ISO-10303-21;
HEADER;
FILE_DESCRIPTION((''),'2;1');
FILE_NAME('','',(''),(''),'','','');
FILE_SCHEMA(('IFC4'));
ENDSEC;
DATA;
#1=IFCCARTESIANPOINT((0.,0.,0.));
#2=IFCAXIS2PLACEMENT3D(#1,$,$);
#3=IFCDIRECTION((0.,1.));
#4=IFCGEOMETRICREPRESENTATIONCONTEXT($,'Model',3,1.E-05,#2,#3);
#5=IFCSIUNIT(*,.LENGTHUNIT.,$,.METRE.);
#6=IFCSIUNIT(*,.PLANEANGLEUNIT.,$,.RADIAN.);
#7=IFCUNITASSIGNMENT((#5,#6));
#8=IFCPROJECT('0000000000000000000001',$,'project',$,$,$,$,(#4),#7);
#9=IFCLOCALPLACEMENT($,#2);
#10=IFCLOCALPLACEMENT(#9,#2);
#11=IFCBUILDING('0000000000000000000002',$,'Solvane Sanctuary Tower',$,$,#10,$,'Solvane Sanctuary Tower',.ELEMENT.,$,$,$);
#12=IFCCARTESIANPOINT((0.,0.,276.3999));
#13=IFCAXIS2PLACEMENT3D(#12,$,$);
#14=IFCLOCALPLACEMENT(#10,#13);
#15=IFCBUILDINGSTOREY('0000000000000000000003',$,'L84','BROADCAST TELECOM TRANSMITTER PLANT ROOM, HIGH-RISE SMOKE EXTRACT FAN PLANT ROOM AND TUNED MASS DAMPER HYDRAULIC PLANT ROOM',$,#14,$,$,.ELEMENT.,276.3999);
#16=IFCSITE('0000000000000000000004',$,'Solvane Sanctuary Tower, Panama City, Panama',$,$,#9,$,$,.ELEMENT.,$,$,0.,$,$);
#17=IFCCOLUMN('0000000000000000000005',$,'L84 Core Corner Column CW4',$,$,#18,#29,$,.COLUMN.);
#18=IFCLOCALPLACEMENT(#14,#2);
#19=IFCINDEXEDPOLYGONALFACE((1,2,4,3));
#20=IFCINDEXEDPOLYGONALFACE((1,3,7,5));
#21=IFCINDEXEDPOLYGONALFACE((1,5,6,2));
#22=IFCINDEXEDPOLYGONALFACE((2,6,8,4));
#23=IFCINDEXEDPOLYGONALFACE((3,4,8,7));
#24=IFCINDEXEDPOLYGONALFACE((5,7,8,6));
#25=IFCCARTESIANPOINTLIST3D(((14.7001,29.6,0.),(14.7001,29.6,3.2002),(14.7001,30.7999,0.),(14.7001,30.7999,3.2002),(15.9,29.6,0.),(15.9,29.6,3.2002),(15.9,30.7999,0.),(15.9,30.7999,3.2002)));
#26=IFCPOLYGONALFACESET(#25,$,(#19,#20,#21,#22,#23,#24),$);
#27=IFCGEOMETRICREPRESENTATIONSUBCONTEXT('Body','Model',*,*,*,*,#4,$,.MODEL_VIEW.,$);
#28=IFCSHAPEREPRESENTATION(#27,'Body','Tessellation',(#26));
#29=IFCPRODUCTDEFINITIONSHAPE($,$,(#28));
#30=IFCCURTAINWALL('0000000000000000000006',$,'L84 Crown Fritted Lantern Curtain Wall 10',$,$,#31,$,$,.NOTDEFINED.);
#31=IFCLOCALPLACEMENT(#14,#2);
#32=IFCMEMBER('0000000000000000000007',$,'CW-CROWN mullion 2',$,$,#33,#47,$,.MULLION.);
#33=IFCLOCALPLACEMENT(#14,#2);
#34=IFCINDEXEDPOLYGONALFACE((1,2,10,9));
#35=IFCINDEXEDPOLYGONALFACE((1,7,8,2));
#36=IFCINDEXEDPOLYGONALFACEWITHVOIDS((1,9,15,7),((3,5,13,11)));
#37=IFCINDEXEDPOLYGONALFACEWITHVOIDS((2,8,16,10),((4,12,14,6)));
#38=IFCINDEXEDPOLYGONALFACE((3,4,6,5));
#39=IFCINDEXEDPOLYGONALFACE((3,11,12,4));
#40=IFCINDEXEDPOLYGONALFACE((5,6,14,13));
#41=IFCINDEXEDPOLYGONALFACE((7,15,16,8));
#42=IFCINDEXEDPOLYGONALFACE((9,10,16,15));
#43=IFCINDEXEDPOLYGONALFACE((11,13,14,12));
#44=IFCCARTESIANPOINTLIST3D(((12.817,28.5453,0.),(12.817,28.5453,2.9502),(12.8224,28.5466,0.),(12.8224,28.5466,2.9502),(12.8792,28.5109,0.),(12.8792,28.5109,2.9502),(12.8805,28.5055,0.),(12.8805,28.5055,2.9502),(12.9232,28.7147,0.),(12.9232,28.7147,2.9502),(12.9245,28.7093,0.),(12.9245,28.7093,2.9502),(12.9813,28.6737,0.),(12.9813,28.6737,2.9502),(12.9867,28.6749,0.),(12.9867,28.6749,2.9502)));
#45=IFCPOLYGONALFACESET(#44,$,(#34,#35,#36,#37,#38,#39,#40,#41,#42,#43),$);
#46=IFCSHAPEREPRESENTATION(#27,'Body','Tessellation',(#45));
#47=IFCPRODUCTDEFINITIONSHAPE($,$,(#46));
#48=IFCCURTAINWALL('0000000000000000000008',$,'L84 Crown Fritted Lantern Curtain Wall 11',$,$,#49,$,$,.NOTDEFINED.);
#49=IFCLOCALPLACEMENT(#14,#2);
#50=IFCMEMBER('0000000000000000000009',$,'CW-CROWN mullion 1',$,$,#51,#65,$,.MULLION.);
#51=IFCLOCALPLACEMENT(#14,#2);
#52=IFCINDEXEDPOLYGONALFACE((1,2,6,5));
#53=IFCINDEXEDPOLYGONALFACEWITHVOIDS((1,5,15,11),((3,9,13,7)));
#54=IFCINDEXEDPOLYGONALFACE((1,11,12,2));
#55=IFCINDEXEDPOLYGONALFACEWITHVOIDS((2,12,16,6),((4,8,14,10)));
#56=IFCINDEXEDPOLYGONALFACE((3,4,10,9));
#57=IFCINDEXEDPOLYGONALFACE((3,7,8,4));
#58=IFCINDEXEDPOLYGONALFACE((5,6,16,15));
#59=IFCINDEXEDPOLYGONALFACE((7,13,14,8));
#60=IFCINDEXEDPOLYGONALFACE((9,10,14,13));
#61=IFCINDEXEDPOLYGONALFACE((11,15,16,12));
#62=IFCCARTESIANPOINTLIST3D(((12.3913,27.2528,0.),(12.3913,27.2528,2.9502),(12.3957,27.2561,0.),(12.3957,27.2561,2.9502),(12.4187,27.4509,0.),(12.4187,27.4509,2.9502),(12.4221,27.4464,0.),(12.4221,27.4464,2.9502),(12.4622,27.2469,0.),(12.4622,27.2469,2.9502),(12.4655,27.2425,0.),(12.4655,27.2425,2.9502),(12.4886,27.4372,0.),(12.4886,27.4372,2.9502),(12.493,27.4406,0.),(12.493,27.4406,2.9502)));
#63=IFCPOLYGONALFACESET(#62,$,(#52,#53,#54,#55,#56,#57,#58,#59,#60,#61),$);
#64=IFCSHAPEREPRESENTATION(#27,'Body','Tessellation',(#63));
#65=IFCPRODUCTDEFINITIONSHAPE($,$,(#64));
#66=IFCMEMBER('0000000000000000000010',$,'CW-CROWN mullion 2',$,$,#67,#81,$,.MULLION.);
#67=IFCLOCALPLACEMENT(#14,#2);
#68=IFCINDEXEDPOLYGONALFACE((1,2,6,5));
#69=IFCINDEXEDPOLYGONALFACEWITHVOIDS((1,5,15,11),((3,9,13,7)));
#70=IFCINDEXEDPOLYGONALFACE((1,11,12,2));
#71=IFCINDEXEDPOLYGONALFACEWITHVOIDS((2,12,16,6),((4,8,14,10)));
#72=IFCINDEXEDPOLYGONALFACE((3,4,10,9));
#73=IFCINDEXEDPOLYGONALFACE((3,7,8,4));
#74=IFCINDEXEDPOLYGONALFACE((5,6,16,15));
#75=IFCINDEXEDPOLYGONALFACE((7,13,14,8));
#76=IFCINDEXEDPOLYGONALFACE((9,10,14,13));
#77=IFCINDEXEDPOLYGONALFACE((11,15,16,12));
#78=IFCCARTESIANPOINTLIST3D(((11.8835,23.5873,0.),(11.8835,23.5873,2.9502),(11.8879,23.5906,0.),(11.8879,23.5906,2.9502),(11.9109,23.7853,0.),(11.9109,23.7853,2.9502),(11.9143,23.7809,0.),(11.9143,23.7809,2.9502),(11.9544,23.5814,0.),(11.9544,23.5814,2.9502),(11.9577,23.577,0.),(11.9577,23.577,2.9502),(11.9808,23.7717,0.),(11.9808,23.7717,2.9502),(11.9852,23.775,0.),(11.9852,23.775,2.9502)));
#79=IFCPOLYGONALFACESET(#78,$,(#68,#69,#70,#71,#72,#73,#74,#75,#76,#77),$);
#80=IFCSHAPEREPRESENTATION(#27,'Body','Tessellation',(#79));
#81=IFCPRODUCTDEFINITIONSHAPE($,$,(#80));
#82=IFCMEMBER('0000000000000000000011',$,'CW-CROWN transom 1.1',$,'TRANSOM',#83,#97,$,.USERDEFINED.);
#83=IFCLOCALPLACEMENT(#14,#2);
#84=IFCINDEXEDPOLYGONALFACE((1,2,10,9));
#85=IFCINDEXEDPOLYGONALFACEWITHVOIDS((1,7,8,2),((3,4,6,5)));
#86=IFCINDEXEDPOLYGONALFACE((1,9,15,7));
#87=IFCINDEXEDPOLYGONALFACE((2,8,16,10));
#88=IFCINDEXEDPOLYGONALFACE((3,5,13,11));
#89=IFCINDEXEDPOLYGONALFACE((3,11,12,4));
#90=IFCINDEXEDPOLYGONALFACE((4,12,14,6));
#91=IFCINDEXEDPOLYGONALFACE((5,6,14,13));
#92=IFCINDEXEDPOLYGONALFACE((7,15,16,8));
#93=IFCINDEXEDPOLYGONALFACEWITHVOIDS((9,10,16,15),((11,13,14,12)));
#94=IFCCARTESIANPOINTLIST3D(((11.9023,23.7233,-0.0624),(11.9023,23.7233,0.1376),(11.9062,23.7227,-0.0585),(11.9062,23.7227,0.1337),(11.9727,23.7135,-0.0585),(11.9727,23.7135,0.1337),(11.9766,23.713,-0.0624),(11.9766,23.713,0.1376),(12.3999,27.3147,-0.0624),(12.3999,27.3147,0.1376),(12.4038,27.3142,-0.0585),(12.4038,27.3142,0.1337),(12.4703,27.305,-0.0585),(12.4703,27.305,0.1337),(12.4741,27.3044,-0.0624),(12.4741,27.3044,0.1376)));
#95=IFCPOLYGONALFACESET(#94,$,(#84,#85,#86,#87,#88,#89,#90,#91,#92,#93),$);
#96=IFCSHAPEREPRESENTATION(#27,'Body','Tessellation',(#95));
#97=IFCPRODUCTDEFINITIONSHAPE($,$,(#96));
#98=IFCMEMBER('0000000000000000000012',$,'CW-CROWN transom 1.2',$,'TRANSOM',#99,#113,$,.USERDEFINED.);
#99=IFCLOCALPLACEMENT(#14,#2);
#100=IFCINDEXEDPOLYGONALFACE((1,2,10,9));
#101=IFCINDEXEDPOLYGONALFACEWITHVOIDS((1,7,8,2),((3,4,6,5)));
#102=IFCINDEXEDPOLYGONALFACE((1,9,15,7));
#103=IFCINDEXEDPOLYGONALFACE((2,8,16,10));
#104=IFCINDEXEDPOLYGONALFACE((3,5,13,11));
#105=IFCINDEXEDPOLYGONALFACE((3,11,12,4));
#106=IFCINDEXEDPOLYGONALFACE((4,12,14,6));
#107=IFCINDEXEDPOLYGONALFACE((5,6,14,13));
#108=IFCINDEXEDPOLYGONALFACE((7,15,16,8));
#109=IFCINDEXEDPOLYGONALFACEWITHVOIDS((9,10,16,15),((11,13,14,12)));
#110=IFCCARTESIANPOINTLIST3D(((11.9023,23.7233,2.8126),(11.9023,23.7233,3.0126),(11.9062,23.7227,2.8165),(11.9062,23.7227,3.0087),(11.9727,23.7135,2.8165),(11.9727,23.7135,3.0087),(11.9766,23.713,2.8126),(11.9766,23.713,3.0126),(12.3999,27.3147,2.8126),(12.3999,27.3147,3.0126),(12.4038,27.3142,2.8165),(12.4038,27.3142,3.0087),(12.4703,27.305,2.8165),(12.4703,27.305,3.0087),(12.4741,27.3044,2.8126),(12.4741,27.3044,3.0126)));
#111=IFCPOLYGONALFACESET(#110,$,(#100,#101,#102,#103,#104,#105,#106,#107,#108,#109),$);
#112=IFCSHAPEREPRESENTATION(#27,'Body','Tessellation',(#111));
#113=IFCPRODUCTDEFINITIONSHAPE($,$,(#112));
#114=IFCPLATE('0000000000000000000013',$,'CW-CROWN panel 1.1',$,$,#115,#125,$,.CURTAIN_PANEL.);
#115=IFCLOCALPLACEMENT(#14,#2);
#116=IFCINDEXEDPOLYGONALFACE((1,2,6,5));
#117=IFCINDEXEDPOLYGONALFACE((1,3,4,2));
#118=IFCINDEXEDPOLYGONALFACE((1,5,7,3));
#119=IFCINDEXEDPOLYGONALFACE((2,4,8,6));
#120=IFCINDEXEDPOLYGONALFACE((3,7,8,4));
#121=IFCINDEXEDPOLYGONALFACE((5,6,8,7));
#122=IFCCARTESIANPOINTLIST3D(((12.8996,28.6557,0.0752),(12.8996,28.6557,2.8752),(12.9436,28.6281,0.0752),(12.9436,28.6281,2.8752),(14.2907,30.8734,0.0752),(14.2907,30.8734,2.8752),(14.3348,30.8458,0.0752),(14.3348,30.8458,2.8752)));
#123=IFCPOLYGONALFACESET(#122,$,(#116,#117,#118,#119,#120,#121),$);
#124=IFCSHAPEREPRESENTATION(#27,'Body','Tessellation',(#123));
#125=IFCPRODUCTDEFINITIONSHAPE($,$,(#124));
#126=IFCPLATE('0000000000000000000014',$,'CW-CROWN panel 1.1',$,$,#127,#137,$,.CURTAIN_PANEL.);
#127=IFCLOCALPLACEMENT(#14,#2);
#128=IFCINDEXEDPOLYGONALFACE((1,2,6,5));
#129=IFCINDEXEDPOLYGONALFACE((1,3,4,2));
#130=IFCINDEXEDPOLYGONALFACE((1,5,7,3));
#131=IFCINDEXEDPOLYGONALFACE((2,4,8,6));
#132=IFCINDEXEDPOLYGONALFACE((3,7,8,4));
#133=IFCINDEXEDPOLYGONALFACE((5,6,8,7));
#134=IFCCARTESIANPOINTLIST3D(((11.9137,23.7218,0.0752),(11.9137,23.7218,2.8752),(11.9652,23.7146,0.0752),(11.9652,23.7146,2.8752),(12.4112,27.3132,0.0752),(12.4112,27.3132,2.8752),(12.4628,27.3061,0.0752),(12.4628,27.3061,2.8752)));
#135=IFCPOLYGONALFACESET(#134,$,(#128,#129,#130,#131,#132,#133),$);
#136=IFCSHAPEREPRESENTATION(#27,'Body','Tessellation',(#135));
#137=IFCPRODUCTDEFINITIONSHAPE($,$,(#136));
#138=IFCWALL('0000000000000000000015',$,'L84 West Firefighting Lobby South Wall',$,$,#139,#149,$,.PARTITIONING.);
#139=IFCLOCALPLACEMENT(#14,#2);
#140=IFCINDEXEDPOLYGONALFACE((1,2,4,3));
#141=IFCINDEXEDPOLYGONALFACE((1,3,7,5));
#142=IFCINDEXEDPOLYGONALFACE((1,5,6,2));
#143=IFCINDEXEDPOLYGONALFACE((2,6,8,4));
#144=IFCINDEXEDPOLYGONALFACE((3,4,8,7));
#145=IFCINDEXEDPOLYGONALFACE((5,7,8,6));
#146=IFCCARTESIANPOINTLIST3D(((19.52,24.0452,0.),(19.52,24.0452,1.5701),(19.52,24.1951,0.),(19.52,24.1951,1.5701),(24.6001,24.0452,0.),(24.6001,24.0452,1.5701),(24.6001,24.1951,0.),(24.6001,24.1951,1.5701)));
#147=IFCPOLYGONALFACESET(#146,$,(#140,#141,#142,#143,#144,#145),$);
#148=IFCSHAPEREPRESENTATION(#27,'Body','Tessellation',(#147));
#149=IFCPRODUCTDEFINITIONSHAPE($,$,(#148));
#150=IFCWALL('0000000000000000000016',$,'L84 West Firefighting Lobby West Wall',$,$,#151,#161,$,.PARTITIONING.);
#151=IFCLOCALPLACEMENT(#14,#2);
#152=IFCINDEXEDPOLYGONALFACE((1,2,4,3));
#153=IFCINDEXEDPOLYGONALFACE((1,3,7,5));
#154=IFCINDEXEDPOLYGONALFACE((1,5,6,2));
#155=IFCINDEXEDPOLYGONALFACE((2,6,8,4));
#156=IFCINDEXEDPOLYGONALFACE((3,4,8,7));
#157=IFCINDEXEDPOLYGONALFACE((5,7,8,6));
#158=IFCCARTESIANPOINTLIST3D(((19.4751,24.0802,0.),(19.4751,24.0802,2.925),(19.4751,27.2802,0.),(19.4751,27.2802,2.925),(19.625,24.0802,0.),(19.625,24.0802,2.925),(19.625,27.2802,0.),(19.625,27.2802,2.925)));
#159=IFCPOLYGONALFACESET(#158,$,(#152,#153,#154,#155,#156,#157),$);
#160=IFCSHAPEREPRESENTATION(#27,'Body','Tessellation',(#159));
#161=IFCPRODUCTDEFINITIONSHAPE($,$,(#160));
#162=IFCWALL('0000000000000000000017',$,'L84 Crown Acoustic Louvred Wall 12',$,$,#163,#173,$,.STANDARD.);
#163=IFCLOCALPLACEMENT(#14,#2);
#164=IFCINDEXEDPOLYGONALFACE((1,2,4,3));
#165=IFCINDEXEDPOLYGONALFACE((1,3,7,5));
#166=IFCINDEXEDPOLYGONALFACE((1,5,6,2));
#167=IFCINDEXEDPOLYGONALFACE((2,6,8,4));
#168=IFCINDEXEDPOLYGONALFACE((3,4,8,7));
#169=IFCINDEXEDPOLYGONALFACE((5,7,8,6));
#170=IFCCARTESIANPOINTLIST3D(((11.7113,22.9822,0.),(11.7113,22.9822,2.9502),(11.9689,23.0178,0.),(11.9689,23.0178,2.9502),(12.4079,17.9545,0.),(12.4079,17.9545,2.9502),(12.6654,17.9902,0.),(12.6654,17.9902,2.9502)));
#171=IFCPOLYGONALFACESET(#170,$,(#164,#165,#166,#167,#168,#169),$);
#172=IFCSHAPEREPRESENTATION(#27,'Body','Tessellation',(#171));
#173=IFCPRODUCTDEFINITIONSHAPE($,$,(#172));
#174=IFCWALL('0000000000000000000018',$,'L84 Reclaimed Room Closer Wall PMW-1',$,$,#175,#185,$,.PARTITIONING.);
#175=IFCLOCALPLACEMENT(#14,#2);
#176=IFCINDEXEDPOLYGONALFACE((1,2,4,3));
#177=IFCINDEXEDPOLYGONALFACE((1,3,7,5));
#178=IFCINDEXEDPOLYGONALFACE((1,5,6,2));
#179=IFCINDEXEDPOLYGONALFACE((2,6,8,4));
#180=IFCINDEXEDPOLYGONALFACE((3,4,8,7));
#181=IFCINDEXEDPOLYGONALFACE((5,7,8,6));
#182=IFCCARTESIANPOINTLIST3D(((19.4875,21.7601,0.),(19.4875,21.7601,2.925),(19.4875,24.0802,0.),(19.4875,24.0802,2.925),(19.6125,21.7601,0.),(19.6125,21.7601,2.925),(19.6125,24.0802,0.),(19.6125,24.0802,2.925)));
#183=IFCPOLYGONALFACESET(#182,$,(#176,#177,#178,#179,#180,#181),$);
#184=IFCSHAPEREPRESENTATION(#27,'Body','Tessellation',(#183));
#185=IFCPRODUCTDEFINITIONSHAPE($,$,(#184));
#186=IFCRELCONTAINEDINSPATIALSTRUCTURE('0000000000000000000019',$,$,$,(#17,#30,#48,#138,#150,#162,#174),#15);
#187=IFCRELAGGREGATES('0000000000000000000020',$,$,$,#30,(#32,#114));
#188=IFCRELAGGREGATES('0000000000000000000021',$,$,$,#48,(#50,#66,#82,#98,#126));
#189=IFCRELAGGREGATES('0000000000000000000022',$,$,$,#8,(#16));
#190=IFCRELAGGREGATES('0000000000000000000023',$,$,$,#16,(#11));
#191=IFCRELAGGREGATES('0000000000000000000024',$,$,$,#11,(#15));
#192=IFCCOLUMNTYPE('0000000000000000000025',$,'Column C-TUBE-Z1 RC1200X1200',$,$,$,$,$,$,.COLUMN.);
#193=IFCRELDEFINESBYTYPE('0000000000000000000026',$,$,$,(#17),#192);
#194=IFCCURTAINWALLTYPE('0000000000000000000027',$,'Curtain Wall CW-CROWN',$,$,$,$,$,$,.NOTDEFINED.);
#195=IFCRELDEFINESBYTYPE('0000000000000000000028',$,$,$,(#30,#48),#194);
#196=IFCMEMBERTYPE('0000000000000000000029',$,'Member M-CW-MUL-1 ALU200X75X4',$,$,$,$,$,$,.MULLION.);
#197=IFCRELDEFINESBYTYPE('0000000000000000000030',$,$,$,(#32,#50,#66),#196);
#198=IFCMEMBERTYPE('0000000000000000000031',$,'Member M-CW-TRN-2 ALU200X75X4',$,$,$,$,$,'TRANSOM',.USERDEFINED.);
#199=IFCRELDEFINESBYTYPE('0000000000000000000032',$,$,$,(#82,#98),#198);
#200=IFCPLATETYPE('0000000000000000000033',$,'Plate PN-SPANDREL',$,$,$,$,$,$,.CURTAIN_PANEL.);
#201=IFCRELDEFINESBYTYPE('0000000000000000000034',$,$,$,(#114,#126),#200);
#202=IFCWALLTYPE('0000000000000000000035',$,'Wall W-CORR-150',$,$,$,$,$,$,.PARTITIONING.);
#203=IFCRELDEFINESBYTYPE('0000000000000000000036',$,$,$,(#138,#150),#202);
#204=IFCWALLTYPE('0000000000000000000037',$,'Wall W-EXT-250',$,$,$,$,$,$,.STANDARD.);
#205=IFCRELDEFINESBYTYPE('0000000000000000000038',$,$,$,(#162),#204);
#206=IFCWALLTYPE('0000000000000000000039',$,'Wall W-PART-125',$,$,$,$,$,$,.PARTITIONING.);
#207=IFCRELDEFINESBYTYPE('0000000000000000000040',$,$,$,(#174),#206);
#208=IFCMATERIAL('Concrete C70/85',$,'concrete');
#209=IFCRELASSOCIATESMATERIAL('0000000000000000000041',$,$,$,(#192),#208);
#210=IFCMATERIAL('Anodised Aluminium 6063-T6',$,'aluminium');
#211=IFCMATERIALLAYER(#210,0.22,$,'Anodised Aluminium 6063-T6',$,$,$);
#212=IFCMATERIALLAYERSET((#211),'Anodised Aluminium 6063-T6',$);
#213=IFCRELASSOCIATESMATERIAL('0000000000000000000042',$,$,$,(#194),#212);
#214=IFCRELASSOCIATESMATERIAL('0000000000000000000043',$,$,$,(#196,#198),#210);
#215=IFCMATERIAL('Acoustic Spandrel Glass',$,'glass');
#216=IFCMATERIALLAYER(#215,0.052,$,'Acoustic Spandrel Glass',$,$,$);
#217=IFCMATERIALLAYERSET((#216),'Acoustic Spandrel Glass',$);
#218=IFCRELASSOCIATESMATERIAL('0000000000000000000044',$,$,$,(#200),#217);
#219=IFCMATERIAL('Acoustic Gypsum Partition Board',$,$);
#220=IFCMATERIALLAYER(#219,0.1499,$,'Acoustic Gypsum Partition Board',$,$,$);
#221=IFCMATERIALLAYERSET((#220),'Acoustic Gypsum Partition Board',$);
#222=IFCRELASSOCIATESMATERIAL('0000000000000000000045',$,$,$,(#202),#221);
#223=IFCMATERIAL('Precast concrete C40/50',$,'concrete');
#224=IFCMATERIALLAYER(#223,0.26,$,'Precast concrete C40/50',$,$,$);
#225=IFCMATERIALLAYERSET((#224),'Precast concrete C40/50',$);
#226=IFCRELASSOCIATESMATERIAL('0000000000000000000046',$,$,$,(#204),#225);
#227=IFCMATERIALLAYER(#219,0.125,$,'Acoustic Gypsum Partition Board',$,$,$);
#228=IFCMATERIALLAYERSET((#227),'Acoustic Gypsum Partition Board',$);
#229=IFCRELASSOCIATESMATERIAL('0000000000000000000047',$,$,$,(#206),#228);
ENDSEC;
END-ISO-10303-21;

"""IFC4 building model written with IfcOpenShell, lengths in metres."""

from ifc_helpers import new_model, si_unit, direction, frame, frame_2d, origin, origin_2d, place, context, subcontext, project, spatial, rectangle, hollow_rectangle, extrude, material, layer, layer_set, material_profile, profile_set, type_object, element, aggregate, save


model = new_model("IFC4")

# Units and contexts
model_context = context("Model", 3, precision=1e-05, world=origin(), true_north=direction((0.0, 1.0)))
body_context = subcontext(model_context, "Body", "Model", "MODEL_VIEW")
ifc_project = project(units=[si_unit("LENGTHUNIT", "METRE"), si_unit("PLANEANGLEUNIT", "RADIAN")], contexts=[model_context])

# Site, building, storey
site_placement = place(None, origin())
site = spatial("IfcSite", under=ifc_project, at=site_placement, Name="Solvane Sanctuary Tower, Panama City, Panama", CompositionType="ELEMENT", RefElevation=0.0)
building_placement = place(site_placement, origin())
building = spatial("IfcBuilding", under=site, at=building_placement, Name="Solvane Sanctuary Tower", LongName="Solvane Sanctuary Tower", CompositionType="ELEMENT")
storey_placement = place(building_placement, frame((0.0, 0.0, 276.3999)))
storey = spatial("IfcBuildingStorey", under=building, at=storey_placement, Name="L84", Description="BROADCAST TELECOM TRANSMITTER PLANT ROOM, HIGH-RISE SMOKE EXTRACT FAN PLANT ROOM AND TUNED MASS DAMPER HYDRAULIC PLANT ROOM", CompositionType="ELEMENT", Elevation=276.3999)

# Column
ifc_material_1 = material(Name="Concrete C70/85", Category="concrete")
ifc_material_profile_1 = material_profile(ifc_material_1, rectangle(XDim=1.2, YDim=1.2, at=origin_2d()), Name="RC1200X1200")
ifc_profile_set_1 = profile_set([ifc_material_profile_1], Name="Concrete C70/85")
column_type = type_object("IfcColumnType", Name="Column C-TUBE-Z1 RC1200X1200", PredefinedType="COLUMN", material=ifc_profile_set_1)
column_placement = place(storey_placement, frame((15.3, 30.2, 0.0), z_axis=(0.0, 0.0, 1.0), x_axis=(1.0, 0.0, 0.0)))
element("IfcColumn", 1, at=column_placement, inside=storey, type_object=column_type, Name="L84 Core Corner Column CW4", PredefinedType="COLUMN", context=body_context, shape_type="SweptSolid", body=[
    extrude(rectangle(XDim=1.2, YDim=1.2, at=origin_2d()), origin(), (0.0, 0.0, 1.0), 3.2002),
])

# Curtain wall, member
ifc_material_2 = material(Name="Anodised Aluminium 6063-T6", Category="aluminium")
ifc_layer_1 = layer(ifc_material_2, 0.22, Name="Anodised Aluminium 6063-T6")
ifc_layer_set_1 = layer_set([ifc_layer_1], Name="Anodised Aluminium 6063-T6")
curtain_wall_type = type_object("IfcCurtainWallType", Name="Curtain Wall CW-CROWN", PredefinedType="NOTDEFINED", material=ifc_layer_set_1)
curtain_wall_1_placement = place(storey_placement, origin())
curtain_wall_1 = element("IfcCurtainWall", 2, at=curtain_wall_1_placement, inside=storey, type_object=curtain_wall_type, Name="L84 Crown Fritted Lantern Curtain Wall 10", PredefinedType="NOTDEFINED")
ifc_material_profile_2 = material_profile(ifc_material_2, hollow_rectangle(XDim=0.075, YDim=0.2, WallThickness=0.0039, at=origin_2d()), Name="ALU200X75X4")
ifc_profile_set_2 = profile_set([ifc_material_profile_2], Name="Anodised Aluminium 6063-T6")
member_type_1 = type_object("IfcMemberType", Name="Member M-CW-MUL-1 ALU200X75X4", PredefinedType="MULLION", material=ifc_profile_set_2)
member_1_placement = place(storey_placement, frame((12.9019, 28.6101, 0.0), z_axis=(0.0, 0.0, 1.0), x_axis=(0.847126, -0.531391, 0.0)))
member_1 = element("IfcMember", 3, at=member_1_placement, type_object=member_type_1, Name="CW-CROWN mullion 2", PredefinedType="MULLION", context=body_context, shape_type="SweptSolid", body=[
    extrude(hollow_rectangle(XDim=0.075, YDim=0.2, WallThickness=0.0039, at=origin_2d()), origin(), (0.0, 0.0, 1.0), 2.9502),
])

# Curtain wall, members
curtain_wall_2_placement = place(storey_placement, origin())
curtain_wall_2 = element("IfcCurtainWall", 4, at=curtain_wall_2_placement, inside=storey, type_object=curtain_wall_type, Name="L84 Crown Fritted Lantern Curtain Wall 11", PredefinedType="NOTDEFINED")
member_2_placement = place(storey_placement, frame((12.4421, 27.3467, 0.0), z_axis=(0.0, 0.0, 1.0), x_axis=(0.99054, -0.137223, 0.0)))
member_2 = element("IfcMember", 5, at=member_2_placement, type_object=member_type_1, Name="CW-CROWN mullion 1", PredefinedType="MULLION", context=body_context, shape_type="SweptSolid", body=[
    extrude(hollow_rectangle(XDim=0.075, YDim=0.2, WallThickness=0.0039, at=origin_2d()), origin(), (0.0, 0.0, 1.0), 2.9502),
])
member_3_placement = place(storey_placement, frame((11.9343, 23.6812, 0.0), z_axis=(0.0, 0.0, 1.0), x_axis=(0.99054, -0.137223, 0.0)))
member_3 = element("IfcMember", 6, at=member_3_placement, type_object=member_type_1, Name="CW-CROWN mullion 2", PredefinedType="MULLION", context=body_context, shape_type="SweptSolid", body=[
    extrude(hollow_rectangle(XDim=0.075, YDim=0.2, WallThickness=0.0039, at=origin_2d()), origin(), (0.0, 0.0, 1.0), 2.9502),
])
ifc_material_profile_3 = material_profile(ifc_material_2, hollow_rectangle(XDim=0.075, YDim=0.2, WallThickness=0.0039, at=origin_2d()), Name="ALU200X75X4")
ifc_profile_set_3 = profile_set([ifc_material_profile_3], Name="Anodised Aluminium 6063-T6")
member_type_2 = type_object("IfcMemberType", Name="Member M-CW-TRN-2 ALU200X75X4", ElementType="TRANSOM", PredefinedType="USERDEFINED", material=ifc_profile_set_3)
member_4_placement = place(storey_placement, frame((12.437, 27.3096, 0.0376), z_axis=(-0.137234, -0.990539, 0.0), x_axis=(0.990539, -0.137234, 0.0)))
member_4 = element("IfcMember", 7, at=member_4_placement, type_object=member_type_2, Name="CW-CROWN transom 1.1", ObjectType="TRANSOM", PredefinedType="USERDEFINED", context=body_context, shape_type="SweptSolid", body=[
    extrude(hollow_rectangle(XDim=0.075, YDim=0.2, WallThickness=0.0039, at=origin_2d()), origin(), (0.0, 0.0, 1.0), 3.6257),
])
member_5_placement = place(storey_placement, frame((12.437, 27.3096, 2.9126), z_axis=(-0.137234, -0.990539, 0.0), x_axis=(0.990539, -0.137234, 0.0)))
member_5 = element("IfcMember", 8, at=member_5_placement, type_object=member_type_2, Name="CW-CROWN transom 1.2", ObjectType="TRANSOM", PredefinedType="USERDEFINED", context=body_context, shape_type="SweptSolid", body=[
    extrude(hollow_rectangle(XDim=0.075, YDim=0.2, WallThickness=0.0039, at=origin_2d()), origin(), (0.0, 0.0, 1.0), 3.6257),
])

# Plates
ifc_material_3 = material(Name="Acoustic Spandrel Glass", Category="glass")
ifc_layer_2 = layer(ifc_material_3, 0.052, Name="Acoustic Spandrel Glass")
ifc_layer_set_2 = layer_set([ifc_layer_2], Name="Acoustic Spandrel Glass")
plate_type = type_object("IfcPlateType", Name="Plate PN-SPANDREL", PredefinedType="CURTAIN_PANEL", material=ifc_layer_set_2)
plate_1_placement = place(storey_placement, frame((13.6172, 29.7507, 0.0752), z_axis=(0.0, 0.0, 1.0), x_axis=(-0.531391, -0.847126, 0.0)))
plate_1 = element("IfcPlate", 9, at=plate_1_placement, type_object=plate_type, Name="CW-CROWN panel 1.1", PredefinedType="CURTAIN_PANEL", context=body_context, shape_type="SweptSolid", body=[
    extrude(rectangle(XDim=2.6179, YDim=0.052, at=origin_2d()), origin(), (0.0, 0.0, 1.0), 2.8),
])
aggregate(curtain_wall_1, [member_1, plate_1])
plate_2_placement = place(storey_placement, frame((12.1882, 25.5139, 0.0752), z_axis=(0.0, 0.0, 1.0), x_axis=(-0.137223, -0.99054, 0.0)))
plate_2 = element("IfcPlate", 10, at=plate_2_placement, type_object=plate_type, Name="CW-CROWN panel 1.1", PredefinedType="CURTAIN_PANEL", context=body_context, shape_type="SweptSolid", body=[
    extrude(rectangle(XDim=3.6257, YDim=0.052, at=origin_2d()), origin(), (0.0, 0.0, 1.0), 2.8),
])
aggregate(curtain_wall_2, [member_2, member_3, member_4, member_5, plate_2])

# Walls
ifc_material_4 = material(Name="Acoustic Gypsum Partition Board")
ifc_layer_3 = layer(ifc_material_4, 0.1499, Name="Acoustic Gypsum Partition Board")
ifc_layer_set_3 = layer_set([ifc_layer_3], Name="Acoustic Gypsum Partition Board")
wall_type_1 = type_object("IfcWallType", Name="Wall W-CORR-150", PredefinedType="PARTITIONING", material=ifc_layer_set_3)
wall_1_placement = place(storey_placement, frame((19.52, 24.1201, 0.0), z_axis=(0.0, 0.0, 1.0), x_axis=(1.0, 0.0, 0.0)))
element("IfcWall", 11, at=wall_1_placement, inside=storey, type_object=wall_type_1, Name="L84 West Firefighting Lobby South Wall", PredefinedType="PARTITIONING", context=body_context, shape_type="SweptSolid", body=[
    extrude(rectangle(XDim=5.0801, YDim=0.1499, at=frame_2d((2.54, 0.0))), origin(), (0.0, 0.0, 1.0), 1.5701),
])
wall_2_placement = place(storey_placement, frame((19.55, 24.0801, 0.0), z_axis=(0.0, 0.0, 1.0), x_axis=(0.0, 1.0, 0.0)))
element("IfcWall", 12, at=wall_2_placement, inside=storey, type_object=wall_type_1, Name="L84 West Firefighting Lobby West Wall", PredefinedType="PARTITIONING", context=body_context, shape_type="SweptSolid", body=[
    extrude(rectangle(XDim=3.2, YDim=0.1499, at=frame_2d((1.6001, 0.0))), origin(), (0.0, 0.0, 1.0), 2.925),
])
ifc_material_5 = material(Name="Precast concrete C40/50", Category="concrete")
ifc_layer_4 = layer(ifc_material_5, 0.26, Name="Precast concrete C40/50")
ifc_layer_set_4 = layer_set([ifc_layer_4], Name="Precast concrete C40/50")
wall_type_2 = type_object("IfcWallType", Name="Wall W-EXT-250", PredefinedType="STANDARD", material=ifc_layer_set_4)
wall_3_placement = place(storey_placement, frame((11.8401, 23.0, 0.0), z_axis=(0.0, 0.0, 1.0), x_axis=(0.137231, -0.990539, 0.0)))
element("IfcWall", 13, at=wall_3_placement, inside=storey, type_object=wall_type_2, Name="L84 Crown Acoustic Louvred Wall 12", PredefinedType="STANDARD", context=body_context, shape_type="SweptSolid", body=[
    extrude(rectangle(XDim=5.0757, YDim=0.26, at=frame_2d((2.5378, 0.0))), origin(), (0.0, 0.0, 1.0), 2.9502),
])
ifc_layer_5 = layer(ifc_material_4, 0.125, Name="Acoustic Gypsum Partition Board")
ifc_layer_set_5 = layer_set([ifc_layer_5], Name="Acoustic Gypsum Partition Board")
wall_type_3 = type_object("IfcWallType", Name="Wall W-PART-125", PredefinedType="PARTITIONING", material=ifc_layer_set_5)
wall_4_placement = place(storey_placement, frame((19.55, 21.76, 0.0), z_axis=(0.0, 0.0, 1.0), x_axis=(0.0, 1.0, 0.0)))
element("IfcWall", 14, at=wall_4_placement, inside=storey, type_object=wall_type_3, Name="L84 Reclaimed Room Closer Wall PMW-1", PredefinedType="PARTITIONING", context=body_context, shape_type="SweptSolid", body=[
    extrude(rectangle(XDim=2.3201, YDim=0.125, at=frame_2d((1.1602, 0.0))), origin(), (0.0, 0.0, 1.0), 2.925),
])

save(model, "model.ifc")
